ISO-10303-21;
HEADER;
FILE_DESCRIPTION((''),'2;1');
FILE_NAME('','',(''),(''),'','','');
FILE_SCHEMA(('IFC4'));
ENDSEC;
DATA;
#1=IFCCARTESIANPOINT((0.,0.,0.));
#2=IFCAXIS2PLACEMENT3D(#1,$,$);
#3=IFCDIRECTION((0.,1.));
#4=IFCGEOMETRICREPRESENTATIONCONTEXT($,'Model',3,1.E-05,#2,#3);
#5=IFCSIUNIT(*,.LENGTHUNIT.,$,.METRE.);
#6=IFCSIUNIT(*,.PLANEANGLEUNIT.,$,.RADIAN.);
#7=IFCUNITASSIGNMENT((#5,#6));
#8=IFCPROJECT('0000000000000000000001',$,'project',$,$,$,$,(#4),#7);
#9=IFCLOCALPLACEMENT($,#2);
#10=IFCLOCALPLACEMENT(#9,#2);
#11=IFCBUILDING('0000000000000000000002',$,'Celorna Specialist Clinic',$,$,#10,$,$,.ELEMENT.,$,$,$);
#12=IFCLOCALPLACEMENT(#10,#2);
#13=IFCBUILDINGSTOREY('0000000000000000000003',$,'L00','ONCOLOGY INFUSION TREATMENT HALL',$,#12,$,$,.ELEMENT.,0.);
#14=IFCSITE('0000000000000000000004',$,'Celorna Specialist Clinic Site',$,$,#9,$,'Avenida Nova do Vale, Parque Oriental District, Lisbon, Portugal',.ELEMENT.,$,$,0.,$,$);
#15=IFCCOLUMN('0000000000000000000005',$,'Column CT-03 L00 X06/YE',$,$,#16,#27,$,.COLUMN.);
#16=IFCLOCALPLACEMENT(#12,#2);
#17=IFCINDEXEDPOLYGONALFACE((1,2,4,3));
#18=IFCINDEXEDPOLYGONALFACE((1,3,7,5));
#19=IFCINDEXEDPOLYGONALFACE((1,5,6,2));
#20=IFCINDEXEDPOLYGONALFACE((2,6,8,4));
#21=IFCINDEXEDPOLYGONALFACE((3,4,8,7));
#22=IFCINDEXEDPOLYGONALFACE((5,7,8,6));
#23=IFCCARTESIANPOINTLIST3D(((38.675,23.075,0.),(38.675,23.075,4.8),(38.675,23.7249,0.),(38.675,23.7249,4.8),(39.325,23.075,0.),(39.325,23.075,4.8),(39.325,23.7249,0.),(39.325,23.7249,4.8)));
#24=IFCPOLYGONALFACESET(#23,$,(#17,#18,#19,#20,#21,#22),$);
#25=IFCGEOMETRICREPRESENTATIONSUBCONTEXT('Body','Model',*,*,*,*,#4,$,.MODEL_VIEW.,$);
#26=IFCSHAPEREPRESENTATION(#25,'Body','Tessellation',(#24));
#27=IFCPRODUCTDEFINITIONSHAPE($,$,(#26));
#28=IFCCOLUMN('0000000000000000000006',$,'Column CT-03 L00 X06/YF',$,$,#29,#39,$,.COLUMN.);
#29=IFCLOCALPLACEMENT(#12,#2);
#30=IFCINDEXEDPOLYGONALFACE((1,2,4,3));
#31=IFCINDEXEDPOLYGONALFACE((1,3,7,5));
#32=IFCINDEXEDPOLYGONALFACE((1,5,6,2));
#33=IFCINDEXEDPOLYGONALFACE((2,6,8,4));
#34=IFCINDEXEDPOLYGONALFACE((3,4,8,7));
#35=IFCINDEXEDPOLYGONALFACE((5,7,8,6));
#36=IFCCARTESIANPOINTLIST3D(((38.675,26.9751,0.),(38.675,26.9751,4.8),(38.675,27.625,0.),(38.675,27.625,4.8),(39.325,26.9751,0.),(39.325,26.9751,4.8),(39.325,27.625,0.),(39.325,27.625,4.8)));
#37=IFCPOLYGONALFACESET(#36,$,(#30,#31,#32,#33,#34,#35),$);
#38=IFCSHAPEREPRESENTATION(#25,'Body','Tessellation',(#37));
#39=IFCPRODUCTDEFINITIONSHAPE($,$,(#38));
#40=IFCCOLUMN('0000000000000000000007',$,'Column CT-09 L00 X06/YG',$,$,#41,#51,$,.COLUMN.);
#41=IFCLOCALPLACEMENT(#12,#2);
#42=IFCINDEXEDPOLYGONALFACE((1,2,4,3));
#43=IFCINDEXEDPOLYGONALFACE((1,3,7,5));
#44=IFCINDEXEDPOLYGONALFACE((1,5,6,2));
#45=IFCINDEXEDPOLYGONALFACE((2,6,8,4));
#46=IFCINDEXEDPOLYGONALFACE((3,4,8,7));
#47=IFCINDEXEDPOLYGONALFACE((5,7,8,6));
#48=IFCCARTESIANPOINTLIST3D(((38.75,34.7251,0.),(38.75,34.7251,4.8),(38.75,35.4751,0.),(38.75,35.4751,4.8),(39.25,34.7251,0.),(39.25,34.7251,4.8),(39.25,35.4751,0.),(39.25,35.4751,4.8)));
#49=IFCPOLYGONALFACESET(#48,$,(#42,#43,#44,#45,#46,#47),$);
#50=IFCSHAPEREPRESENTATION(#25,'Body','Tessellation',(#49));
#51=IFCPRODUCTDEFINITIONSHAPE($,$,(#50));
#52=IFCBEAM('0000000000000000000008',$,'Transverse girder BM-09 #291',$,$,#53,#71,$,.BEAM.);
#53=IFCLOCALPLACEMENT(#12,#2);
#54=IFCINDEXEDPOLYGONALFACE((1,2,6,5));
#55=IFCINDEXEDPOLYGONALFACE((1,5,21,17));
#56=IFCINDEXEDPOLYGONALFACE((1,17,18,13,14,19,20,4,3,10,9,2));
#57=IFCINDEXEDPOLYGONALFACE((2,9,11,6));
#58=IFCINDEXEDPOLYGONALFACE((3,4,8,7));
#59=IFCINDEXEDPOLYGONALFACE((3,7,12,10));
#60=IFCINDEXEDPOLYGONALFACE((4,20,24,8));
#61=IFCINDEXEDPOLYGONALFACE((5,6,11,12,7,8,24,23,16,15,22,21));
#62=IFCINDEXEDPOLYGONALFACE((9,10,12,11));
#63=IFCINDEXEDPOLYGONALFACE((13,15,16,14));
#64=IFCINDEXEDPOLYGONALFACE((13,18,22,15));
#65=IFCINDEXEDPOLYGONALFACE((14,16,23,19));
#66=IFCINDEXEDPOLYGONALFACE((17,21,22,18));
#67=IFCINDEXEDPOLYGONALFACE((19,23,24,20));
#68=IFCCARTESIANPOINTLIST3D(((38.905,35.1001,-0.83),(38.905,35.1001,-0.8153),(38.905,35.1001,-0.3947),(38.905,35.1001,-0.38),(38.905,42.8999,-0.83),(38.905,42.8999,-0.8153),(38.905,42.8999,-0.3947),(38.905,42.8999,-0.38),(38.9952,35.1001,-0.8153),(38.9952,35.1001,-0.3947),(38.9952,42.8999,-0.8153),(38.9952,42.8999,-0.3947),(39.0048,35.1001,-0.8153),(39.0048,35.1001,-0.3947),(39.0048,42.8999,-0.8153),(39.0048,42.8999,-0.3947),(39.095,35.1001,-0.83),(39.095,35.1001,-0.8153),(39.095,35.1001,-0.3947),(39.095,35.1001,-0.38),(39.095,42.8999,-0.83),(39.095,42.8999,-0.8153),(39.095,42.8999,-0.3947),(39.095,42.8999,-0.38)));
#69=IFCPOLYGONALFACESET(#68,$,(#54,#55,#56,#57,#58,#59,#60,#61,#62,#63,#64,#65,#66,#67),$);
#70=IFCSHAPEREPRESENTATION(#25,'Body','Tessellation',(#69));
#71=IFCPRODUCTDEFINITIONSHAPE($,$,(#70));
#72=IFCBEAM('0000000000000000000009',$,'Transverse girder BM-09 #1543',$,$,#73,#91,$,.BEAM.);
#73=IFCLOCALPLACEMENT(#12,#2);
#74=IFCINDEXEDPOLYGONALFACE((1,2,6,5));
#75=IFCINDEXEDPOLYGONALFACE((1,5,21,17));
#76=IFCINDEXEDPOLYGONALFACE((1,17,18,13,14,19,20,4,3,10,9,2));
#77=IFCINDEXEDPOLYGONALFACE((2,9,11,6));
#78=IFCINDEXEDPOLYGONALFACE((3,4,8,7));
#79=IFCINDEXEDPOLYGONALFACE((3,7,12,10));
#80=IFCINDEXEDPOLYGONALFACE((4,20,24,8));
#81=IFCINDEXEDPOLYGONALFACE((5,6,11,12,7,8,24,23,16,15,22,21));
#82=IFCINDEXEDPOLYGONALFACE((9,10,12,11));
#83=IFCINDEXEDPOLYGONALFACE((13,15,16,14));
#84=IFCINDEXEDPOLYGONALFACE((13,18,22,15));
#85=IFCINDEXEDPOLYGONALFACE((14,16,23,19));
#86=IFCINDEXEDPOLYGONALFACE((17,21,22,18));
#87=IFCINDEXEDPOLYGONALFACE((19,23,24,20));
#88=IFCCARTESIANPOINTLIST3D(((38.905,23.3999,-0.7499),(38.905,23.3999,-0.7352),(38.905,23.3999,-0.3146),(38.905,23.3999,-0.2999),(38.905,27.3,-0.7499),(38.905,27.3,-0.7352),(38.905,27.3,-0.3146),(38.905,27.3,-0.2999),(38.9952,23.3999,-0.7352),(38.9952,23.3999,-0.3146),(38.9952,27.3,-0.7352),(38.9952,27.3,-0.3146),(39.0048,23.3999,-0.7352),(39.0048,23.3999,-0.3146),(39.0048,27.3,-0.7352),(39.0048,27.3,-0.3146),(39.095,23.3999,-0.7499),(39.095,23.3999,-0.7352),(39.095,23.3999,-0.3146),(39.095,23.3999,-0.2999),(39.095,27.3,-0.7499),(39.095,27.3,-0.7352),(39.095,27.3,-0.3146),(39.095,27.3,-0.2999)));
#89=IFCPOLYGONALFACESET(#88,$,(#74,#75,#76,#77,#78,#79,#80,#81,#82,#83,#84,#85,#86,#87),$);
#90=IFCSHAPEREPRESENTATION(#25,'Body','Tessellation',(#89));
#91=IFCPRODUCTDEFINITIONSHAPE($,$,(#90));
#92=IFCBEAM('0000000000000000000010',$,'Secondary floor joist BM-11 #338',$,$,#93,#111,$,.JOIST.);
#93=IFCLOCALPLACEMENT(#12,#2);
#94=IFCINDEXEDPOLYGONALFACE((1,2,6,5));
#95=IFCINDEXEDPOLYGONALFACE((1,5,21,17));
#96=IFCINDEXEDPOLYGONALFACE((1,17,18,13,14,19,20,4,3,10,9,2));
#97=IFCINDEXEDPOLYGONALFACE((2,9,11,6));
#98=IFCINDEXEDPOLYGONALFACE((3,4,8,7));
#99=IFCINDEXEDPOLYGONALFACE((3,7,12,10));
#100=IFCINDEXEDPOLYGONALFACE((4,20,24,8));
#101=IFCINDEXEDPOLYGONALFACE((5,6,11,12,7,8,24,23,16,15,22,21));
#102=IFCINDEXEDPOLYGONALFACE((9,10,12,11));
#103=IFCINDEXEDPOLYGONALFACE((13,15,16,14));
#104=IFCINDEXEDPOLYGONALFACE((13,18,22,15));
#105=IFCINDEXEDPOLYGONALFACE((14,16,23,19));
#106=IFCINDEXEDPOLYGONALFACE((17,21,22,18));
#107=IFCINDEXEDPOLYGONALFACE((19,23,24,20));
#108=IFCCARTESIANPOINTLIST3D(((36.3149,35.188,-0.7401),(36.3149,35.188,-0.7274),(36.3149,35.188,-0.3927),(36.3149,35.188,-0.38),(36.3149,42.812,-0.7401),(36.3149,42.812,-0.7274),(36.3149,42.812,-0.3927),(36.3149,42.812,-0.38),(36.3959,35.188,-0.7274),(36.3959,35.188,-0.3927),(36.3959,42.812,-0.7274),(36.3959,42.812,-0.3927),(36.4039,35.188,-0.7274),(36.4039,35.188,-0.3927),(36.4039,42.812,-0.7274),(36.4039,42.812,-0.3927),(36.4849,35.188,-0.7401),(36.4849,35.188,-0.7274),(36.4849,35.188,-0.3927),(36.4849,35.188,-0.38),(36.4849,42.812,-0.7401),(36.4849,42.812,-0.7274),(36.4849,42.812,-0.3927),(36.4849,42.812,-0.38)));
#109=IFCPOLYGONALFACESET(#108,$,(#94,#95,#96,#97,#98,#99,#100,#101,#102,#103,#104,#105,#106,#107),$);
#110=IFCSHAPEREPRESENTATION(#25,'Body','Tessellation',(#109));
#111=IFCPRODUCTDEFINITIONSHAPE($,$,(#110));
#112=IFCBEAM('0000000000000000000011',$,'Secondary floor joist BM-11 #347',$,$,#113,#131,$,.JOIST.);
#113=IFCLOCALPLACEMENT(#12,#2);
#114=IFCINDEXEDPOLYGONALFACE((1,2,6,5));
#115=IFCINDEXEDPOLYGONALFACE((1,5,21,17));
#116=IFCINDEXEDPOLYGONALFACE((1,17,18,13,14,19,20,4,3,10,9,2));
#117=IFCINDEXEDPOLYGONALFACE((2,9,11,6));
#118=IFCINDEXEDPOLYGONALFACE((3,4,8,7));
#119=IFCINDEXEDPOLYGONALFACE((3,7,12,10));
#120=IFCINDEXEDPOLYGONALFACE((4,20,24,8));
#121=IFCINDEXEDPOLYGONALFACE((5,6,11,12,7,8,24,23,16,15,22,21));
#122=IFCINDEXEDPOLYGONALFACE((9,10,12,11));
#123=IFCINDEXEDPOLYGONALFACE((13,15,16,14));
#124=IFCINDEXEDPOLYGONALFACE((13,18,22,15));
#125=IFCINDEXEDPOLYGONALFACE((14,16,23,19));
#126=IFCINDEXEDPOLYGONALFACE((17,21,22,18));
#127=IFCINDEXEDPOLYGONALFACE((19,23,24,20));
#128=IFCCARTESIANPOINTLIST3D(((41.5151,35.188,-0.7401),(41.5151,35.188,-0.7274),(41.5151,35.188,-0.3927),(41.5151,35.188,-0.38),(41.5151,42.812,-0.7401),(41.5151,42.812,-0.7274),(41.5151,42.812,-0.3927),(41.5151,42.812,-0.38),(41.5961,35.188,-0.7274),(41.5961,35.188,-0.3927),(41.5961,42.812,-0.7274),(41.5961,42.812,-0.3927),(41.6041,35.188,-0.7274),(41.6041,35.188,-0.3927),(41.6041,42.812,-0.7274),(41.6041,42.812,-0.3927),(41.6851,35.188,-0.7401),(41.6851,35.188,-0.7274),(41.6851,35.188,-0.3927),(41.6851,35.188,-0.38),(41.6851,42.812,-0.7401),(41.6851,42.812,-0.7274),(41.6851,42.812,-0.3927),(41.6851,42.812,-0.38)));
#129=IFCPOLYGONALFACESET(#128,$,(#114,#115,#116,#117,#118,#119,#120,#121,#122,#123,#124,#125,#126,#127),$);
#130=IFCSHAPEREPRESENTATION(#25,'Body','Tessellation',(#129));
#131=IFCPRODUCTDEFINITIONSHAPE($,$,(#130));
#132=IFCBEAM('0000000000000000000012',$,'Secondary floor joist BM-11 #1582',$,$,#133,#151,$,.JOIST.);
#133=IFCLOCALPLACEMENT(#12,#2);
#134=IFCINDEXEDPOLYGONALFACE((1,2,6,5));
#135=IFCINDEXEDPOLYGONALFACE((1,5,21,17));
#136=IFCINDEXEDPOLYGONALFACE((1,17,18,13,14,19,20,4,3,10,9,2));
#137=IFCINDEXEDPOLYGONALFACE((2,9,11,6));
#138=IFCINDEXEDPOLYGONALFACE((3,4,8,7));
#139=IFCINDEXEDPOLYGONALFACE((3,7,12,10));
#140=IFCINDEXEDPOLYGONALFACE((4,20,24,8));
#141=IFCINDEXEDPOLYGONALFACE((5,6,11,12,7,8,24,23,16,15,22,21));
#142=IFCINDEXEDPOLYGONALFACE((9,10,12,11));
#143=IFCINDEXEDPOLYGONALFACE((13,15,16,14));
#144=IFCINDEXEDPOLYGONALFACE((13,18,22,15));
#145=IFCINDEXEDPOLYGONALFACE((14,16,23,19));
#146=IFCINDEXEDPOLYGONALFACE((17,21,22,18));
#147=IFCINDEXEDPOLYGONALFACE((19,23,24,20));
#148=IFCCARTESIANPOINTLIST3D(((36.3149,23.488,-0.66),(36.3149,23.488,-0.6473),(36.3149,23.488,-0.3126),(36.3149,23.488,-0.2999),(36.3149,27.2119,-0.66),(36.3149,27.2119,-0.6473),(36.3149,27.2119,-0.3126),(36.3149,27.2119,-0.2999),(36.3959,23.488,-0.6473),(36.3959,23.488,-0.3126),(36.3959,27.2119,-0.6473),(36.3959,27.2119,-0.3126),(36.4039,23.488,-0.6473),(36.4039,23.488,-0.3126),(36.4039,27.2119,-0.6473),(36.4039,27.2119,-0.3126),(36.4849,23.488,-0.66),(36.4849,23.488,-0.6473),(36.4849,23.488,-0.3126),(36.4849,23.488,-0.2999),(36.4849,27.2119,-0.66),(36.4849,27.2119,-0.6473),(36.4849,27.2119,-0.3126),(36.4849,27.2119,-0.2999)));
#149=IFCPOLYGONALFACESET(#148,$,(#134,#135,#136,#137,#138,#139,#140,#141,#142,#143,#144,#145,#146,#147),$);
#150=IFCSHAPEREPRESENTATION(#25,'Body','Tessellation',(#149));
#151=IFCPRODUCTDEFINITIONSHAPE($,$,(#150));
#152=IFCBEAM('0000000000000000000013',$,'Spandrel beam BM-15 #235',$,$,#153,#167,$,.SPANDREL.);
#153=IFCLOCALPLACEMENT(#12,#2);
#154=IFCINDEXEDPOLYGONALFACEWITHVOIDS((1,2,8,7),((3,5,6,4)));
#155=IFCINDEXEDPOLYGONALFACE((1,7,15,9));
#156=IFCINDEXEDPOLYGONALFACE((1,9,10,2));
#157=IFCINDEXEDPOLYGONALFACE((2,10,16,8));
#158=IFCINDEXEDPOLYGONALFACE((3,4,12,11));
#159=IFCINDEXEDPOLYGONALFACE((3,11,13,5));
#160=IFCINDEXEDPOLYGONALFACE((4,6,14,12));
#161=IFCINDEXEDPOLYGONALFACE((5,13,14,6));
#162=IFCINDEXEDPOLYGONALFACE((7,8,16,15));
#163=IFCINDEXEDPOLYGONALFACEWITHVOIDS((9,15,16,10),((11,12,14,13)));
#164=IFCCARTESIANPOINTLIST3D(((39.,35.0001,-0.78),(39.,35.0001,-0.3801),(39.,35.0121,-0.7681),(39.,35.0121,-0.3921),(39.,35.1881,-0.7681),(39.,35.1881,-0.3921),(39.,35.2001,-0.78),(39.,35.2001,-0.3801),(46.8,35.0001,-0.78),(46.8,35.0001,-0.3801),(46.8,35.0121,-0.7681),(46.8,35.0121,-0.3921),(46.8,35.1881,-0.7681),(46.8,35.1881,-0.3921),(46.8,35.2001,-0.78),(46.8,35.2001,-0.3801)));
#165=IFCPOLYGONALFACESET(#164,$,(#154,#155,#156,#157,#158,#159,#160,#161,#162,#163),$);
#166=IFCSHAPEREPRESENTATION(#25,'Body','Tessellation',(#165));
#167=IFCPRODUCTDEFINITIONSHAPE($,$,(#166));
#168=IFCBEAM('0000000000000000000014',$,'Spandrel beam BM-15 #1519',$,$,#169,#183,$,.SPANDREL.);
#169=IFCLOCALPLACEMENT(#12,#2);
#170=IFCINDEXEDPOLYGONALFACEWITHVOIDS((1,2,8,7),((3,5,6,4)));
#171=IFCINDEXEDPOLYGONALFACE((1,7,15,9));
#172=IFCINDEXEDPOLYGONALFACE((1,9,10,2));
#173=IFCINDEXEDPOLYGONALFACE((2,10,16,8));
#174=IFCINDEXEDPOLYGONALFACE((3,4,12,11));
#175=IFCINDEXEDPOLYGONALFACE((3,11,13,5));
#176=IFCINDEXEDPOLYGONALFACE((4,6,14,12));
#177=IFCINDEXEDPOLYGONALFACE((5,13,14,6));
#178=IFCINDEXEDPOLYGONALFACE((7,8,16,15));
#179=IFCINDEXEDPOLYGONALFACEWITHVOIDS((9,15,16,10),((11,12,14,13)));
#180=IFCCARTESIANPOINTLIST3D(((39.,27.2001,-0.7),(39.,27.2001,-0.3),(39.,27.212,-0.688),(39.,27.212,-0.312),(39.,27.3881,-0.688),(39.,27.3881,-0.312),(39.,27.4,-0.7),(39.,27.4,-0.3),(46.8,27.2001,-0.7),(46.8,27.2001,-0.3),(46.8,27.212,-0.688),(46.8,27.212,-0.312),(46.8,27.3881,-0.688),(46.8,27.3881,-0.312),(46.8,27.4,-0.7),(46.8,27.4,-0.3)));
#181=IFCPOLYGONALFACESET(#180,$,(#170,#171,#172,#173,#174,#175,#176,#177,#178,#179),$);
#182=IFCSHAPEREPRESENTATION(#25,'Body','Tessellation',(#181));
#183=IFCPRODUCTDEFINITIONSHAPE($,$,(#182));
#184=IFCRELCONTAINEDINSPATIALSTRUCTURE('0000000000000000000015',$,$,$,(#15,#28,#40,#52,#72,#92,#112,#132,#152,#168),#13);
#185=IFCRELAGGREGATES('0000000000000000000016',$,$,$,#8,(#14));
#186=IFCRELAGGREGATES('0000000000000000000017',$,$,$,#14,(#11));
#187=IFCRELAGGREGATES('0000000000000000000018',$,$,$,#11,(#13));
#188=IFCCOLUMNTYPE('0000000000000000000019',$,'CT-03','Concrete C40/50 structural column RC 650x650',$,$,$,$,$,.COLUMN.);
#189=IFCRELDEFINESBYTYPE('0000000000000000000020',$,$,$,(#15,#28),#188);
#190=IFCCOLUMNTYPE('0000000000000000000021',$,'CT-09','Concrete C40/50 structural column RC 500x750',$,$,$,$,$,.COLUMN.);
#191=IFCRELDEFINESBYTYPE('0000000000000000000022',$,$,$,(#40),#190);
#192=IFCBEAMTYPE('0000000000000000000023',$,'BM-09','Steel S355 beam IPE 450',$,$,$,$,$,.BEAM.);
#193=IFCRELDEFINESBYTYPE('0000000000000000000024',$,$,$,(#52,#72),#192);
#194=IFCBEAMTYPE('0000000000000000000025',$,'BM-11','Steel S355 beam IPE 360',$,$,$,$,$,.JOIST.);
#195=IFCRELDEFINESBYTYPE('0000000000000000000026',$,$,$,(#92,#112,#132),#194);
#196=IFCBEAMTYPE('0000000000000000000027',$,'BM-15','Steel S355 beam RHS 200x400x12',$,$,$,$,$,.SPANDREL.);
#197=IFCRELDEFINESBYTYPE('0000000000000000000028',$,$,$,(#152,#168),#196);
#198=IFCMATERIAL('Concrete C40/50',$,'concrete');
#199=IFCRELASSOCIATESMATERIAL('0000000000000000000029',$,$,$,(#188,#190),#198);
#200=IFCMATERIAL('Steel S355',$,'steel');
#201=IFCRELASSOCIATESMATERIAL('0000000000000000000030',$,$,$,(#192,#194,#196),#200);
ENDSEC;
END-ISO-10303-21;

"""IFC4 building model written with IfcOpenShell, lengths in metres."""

from ifc_helpers import new_model, si_unit, direction, frame, origin, origin_2d, place, context, subcontext, project, spatial, rectangle, hollow_rectangle, i_section, extrude, material, material_profile, profile_set, type_object, element, save


model = new_model("IFC4")

# Units and contexts
model_context = context("Model", 3, precision=1e-05, world=origin(), true_north=direction((0.0, 1.0)))
body_context = subcontext(model_context, "Body", "Model", "MODEL_VIEW")
ifc_project = project(units=[si_unit("LENGTHUNIT", "METRE"), si_unit("PLANEANGLEUNIT", "RADIAN")], contexts=[model_context])

# Site, building, storey
site_placement = place(None, origin())
site = spatial("IfcSite", under=ifc_project, at=site_placement, Name="Celorna Specialist Clinic Site", LongName="Avenida Nova do Vale, Parque Oriental District, Lisbon, Portugal", CompositionType="ELEMENT", RefElevation=0.0)
building_placement = place(site_placement, origin())
building = spatial("IfcBuilding", under=site, at=building_placement, Name="Celorna Specialist Clinic", CompositionType="ELEMENT")
storey_placement = place(building_placement, origin())
storey = spatial("IfcBuildingStorey", under=building, at=storey_placement, Name="L00", Description="ONCOLOGY INFUSION TREATMENT HALL", CompositionType="ELEMENT", Elevation=0.0)

# Columns
ifc_material_1 = material(Name="Concrete C40/50", Category="concrete")
ifc_material_profile_1 = material_profile(ifc_material_1, rectangle(XDim=0.6499, YDim=0.6499, at=origin_2d()), Name="RC 650x650")
ifc_profile_set_1 = profile_set([ifc_material_profile_1], Name="Concrete C40/50")
column_type_1 = type_object("IfcColumnType", Name="CT-03", Description="Concrete C40/50 structural column RC 650x650", PredefinedType="COLUMN", material=ifc_profile_set_1)
for number, where, z_axis, x_axis, name in (
    (1, (39.0, 23.3999, 0.0), (0.0, 0.0, 1.0), (1.0, 0.0, 0.0), "Column CT-03 L00 X06/YE"),
    (2, (39.0, 27.3, 0.0), (0.0, 0.0, 1.0), (1.0, 0.0, 0.0), "Column CT-03 L00 X06/YF"),
):
    element("IfcColumn", number, at=place(storey_placement, frame(where, z_axis=z_axis, x_axis=x_axis)), inside=storey, type_object=column_type_1, Name=name, PredefinedType="COLUMN", context=body_context, shape_type="SweptSolid", body=[
        extrude(rectangle(XDim=0.6499, YDim=0.6499, at=origin_2d()), origin(), (0.0, 0.0, 1.0), 4.8),
    ])
ifc_material_profile_2 = material_profile(ifc_material_1, rectangle(XDim=0.5, YDim=0.75, at=origin_2d()), Name="RC 500x750")
ifc_profile_set_2 = profile_set([ifc_material_profile_2], Name="Concrete C40/50")
column_type_2 = type_object("IfcColumnType", Name="CT-09", Description="Concrete C40/50 structural column RC 500x750", PredefinedType="COLUMN", material=ifc_profile_set_2)
column_placement = place(storey_placement, frame((39.0, 35.1001, 0.0), z_axis=(0.0, 0.0, 1.0), x_axis=(1.0, 0.0, 0.0)))
element("IfcColumn", 3, at=column_placement, inside=storey, type_object=column_type_2, Name="Column CT-09 L00 X06/YG", PredefinedType="COLUMN", context=body_context, shape_type="SweptSolid", body=[
    extrude(rectangle(XDim=0.5, YDim=0.75, at=origin_2d()), origin(), (0.0, 0.0, 1.0), 4.8),
])

# Beams
ifc_material_2 = material(Name="Steel S355", Category="steel")
ifc_material_profile_3 = material_profile(ifc_material_2, i_section(OverallWidth=0.1899, OverallDepth=0.45, WebThickness=0.0095, FlangeThickness=0.0146, at=origin_2d()), Name="IPE 450")
ifc_profile_set_3 = profile_set([ifc_material_profile_3], Name="Steel S355")
beam_type_1 = type_object("IfcBeamType", Name="BM-09", Description="Steel S355 beam IPE 450", PredefinedType="BEAM", material=ifc_profile_set_3)
beam_1_placement = place(storey_placement, frame((39.0, 35.1001, -0.605), z_axis=(0.0, 1.0, 0.0), x_axis=(-1.0, 0.0, 0.0)))
element("IfcBeam", 4, at=beam_1_placement, inside=storey, type_object=beam_type_1, Name="Transverse girder BM-09 #291", PredefinedType="BEAM", context=body_context, shape_type="SweptSolid", body=[
    extrude(i_section(OverallWidth=0.1899, OverallDepth=0.45, WebThickness=0.0095, FlangeThickness=0.0146, at=origin_2d()), origin(), (0.0, 0.0, 1.0), 7.7998),
])
beam_2_placement = place(storey_placement, frame((39.0, 23.3999, -0.5249), z_axis=(0.0, 1.0, 0.0), x_axis=(-1.0, 0.0, 0.0)))
element("IfcBeam", 5, at=beam_2_placement, inside=storey, type_object=beam_type_1, Name="Transverse girder BM-09 #1543", PredefinedType="BEAM", context=body_context, shape_type="SweptSolid", body=[
    extrude(i_section(OverallWidth=0.1899, OverallDepth=0.45, WebThickness=0.0095, FlangeThickness=0.0146, at=origin_2d()), origin(), (0.0, 0.0, 1.0), 3.9001),
])
ifc_material_profile_4 = material_profile(ifc_material_2, i_section(OverallWidth=0.1699, OverallDepth=0.3601, WebThickness=0.0081, FlangeThickness=0.0127, at=origin_2d()), Name="IPE 360")
ifc_profile_set_4 = profile_set([ifc_material_profile_4], Name="Steel S355")
beam_type_2 = type_object("IfcBeamType", Name="BM-11", Description="Steel S355 beam IPE 360", PredefinedType="JOIST", material=ifc_profile_set_4)
for number, where, z_axis, x_axis, name in (
    (6, (36.3999, 35.188, -0.5601), (0.0, 1.0, 0.0), (-1.0, 0.0, 0.0), "Secondary floor joist BM-11 #338"),
    (7, (41.6001, 35.188, -0.5601), (0.0, 1.0, 0.0), (-1.0, 0.0, 0.0), "Secondary floor joist BM-11 #347"),
):
    element("IfcBeam", number, at=place(storey_placement, frame(where, z_axis=z_axis, x_axis=x_axis)), inside=storey, type_object=beam_type_2, Name=name, PredefinedType="JOIST", context=body_context, shape_type="SweptSolid", body=[
        extrude(i_section(OverallWidth=0.1699, OverallDepth=0.3601, WebThickness=0.0081, FlangeThickness=0.0127, at=origin_2d()), origin(), (0.0, 0.0, 1.0), 7.624),
    ])
beam_3_placement = place(storey_placement, frame((36.3999, 23.488, -0.48), z_axis=(0.0, 1.0, 0.0), x_axis=(-1.0, 0.0, 0.0)))
element("IfcBeam", 8, at=beam_3_placement, inside=storey, type_object=beam_type_2, Name="Secondary floor joist BM-11 #1582", PredefinedType="JOIST", context=body_context, shape_type="SweptSolid", body=[
    extrude(i_section(OverallWidth=0.1699, OverallDepth=0.3601, WebThickness=0.0081, FlangeThickness=0.0127, at=origin_2d()), origin(), (0.0, 0.0, 1.0), 3.7239),
])
ifc_material_profile_5 = material_profile(ifc_material_2, hollow_rectangle(XDim=0.2, YDim=0.3999, WallThickness=0.012, at=origin_2d()), Name="RHS 200x400x12")
ifc_profile_set_5 = profile_set([ifc_material_profile_5], Name="Steel S355")
beam_type_3 = type_object("IfcBeamType", Name="BM-15", Description="Steel S355 beam RHS 200x400x12", PredefinedType="SPANDREL", material=ifc_profile_set_5)
for number, where, z_axis, x_axis, name in (
    (9, (39.0, 35.1001, -0.5801), (1.0, 0.0, 0.0), (0.0, 1.0, 0.0), "Spandrel beam BM-15 #235"),
    (10, (39.0, 27.3, -0.5), (1.0, 0.0, 0.0), (0.0, 1.0, 0.0), "Spandrel beam BM-15 #1519"),
):
    element("IfcBeam", number, at=place(storey_placement, frame(where, z_axis=z_axis, x_axis=x_axis)), inside=storey, type_object=beam_type_3, Name=name, PredefinedType="SPANDREL", context=body_context, shape_type="SweptSolid", body=[
        extrude(hollow_rectangle(XDim=0.2, YDim=0.3999, WallThickness=0.012, at=origin_2d()), origin(), (0.0, 0.0, 1.0), 7.8),
    ])

save(model, "model.ifc")
